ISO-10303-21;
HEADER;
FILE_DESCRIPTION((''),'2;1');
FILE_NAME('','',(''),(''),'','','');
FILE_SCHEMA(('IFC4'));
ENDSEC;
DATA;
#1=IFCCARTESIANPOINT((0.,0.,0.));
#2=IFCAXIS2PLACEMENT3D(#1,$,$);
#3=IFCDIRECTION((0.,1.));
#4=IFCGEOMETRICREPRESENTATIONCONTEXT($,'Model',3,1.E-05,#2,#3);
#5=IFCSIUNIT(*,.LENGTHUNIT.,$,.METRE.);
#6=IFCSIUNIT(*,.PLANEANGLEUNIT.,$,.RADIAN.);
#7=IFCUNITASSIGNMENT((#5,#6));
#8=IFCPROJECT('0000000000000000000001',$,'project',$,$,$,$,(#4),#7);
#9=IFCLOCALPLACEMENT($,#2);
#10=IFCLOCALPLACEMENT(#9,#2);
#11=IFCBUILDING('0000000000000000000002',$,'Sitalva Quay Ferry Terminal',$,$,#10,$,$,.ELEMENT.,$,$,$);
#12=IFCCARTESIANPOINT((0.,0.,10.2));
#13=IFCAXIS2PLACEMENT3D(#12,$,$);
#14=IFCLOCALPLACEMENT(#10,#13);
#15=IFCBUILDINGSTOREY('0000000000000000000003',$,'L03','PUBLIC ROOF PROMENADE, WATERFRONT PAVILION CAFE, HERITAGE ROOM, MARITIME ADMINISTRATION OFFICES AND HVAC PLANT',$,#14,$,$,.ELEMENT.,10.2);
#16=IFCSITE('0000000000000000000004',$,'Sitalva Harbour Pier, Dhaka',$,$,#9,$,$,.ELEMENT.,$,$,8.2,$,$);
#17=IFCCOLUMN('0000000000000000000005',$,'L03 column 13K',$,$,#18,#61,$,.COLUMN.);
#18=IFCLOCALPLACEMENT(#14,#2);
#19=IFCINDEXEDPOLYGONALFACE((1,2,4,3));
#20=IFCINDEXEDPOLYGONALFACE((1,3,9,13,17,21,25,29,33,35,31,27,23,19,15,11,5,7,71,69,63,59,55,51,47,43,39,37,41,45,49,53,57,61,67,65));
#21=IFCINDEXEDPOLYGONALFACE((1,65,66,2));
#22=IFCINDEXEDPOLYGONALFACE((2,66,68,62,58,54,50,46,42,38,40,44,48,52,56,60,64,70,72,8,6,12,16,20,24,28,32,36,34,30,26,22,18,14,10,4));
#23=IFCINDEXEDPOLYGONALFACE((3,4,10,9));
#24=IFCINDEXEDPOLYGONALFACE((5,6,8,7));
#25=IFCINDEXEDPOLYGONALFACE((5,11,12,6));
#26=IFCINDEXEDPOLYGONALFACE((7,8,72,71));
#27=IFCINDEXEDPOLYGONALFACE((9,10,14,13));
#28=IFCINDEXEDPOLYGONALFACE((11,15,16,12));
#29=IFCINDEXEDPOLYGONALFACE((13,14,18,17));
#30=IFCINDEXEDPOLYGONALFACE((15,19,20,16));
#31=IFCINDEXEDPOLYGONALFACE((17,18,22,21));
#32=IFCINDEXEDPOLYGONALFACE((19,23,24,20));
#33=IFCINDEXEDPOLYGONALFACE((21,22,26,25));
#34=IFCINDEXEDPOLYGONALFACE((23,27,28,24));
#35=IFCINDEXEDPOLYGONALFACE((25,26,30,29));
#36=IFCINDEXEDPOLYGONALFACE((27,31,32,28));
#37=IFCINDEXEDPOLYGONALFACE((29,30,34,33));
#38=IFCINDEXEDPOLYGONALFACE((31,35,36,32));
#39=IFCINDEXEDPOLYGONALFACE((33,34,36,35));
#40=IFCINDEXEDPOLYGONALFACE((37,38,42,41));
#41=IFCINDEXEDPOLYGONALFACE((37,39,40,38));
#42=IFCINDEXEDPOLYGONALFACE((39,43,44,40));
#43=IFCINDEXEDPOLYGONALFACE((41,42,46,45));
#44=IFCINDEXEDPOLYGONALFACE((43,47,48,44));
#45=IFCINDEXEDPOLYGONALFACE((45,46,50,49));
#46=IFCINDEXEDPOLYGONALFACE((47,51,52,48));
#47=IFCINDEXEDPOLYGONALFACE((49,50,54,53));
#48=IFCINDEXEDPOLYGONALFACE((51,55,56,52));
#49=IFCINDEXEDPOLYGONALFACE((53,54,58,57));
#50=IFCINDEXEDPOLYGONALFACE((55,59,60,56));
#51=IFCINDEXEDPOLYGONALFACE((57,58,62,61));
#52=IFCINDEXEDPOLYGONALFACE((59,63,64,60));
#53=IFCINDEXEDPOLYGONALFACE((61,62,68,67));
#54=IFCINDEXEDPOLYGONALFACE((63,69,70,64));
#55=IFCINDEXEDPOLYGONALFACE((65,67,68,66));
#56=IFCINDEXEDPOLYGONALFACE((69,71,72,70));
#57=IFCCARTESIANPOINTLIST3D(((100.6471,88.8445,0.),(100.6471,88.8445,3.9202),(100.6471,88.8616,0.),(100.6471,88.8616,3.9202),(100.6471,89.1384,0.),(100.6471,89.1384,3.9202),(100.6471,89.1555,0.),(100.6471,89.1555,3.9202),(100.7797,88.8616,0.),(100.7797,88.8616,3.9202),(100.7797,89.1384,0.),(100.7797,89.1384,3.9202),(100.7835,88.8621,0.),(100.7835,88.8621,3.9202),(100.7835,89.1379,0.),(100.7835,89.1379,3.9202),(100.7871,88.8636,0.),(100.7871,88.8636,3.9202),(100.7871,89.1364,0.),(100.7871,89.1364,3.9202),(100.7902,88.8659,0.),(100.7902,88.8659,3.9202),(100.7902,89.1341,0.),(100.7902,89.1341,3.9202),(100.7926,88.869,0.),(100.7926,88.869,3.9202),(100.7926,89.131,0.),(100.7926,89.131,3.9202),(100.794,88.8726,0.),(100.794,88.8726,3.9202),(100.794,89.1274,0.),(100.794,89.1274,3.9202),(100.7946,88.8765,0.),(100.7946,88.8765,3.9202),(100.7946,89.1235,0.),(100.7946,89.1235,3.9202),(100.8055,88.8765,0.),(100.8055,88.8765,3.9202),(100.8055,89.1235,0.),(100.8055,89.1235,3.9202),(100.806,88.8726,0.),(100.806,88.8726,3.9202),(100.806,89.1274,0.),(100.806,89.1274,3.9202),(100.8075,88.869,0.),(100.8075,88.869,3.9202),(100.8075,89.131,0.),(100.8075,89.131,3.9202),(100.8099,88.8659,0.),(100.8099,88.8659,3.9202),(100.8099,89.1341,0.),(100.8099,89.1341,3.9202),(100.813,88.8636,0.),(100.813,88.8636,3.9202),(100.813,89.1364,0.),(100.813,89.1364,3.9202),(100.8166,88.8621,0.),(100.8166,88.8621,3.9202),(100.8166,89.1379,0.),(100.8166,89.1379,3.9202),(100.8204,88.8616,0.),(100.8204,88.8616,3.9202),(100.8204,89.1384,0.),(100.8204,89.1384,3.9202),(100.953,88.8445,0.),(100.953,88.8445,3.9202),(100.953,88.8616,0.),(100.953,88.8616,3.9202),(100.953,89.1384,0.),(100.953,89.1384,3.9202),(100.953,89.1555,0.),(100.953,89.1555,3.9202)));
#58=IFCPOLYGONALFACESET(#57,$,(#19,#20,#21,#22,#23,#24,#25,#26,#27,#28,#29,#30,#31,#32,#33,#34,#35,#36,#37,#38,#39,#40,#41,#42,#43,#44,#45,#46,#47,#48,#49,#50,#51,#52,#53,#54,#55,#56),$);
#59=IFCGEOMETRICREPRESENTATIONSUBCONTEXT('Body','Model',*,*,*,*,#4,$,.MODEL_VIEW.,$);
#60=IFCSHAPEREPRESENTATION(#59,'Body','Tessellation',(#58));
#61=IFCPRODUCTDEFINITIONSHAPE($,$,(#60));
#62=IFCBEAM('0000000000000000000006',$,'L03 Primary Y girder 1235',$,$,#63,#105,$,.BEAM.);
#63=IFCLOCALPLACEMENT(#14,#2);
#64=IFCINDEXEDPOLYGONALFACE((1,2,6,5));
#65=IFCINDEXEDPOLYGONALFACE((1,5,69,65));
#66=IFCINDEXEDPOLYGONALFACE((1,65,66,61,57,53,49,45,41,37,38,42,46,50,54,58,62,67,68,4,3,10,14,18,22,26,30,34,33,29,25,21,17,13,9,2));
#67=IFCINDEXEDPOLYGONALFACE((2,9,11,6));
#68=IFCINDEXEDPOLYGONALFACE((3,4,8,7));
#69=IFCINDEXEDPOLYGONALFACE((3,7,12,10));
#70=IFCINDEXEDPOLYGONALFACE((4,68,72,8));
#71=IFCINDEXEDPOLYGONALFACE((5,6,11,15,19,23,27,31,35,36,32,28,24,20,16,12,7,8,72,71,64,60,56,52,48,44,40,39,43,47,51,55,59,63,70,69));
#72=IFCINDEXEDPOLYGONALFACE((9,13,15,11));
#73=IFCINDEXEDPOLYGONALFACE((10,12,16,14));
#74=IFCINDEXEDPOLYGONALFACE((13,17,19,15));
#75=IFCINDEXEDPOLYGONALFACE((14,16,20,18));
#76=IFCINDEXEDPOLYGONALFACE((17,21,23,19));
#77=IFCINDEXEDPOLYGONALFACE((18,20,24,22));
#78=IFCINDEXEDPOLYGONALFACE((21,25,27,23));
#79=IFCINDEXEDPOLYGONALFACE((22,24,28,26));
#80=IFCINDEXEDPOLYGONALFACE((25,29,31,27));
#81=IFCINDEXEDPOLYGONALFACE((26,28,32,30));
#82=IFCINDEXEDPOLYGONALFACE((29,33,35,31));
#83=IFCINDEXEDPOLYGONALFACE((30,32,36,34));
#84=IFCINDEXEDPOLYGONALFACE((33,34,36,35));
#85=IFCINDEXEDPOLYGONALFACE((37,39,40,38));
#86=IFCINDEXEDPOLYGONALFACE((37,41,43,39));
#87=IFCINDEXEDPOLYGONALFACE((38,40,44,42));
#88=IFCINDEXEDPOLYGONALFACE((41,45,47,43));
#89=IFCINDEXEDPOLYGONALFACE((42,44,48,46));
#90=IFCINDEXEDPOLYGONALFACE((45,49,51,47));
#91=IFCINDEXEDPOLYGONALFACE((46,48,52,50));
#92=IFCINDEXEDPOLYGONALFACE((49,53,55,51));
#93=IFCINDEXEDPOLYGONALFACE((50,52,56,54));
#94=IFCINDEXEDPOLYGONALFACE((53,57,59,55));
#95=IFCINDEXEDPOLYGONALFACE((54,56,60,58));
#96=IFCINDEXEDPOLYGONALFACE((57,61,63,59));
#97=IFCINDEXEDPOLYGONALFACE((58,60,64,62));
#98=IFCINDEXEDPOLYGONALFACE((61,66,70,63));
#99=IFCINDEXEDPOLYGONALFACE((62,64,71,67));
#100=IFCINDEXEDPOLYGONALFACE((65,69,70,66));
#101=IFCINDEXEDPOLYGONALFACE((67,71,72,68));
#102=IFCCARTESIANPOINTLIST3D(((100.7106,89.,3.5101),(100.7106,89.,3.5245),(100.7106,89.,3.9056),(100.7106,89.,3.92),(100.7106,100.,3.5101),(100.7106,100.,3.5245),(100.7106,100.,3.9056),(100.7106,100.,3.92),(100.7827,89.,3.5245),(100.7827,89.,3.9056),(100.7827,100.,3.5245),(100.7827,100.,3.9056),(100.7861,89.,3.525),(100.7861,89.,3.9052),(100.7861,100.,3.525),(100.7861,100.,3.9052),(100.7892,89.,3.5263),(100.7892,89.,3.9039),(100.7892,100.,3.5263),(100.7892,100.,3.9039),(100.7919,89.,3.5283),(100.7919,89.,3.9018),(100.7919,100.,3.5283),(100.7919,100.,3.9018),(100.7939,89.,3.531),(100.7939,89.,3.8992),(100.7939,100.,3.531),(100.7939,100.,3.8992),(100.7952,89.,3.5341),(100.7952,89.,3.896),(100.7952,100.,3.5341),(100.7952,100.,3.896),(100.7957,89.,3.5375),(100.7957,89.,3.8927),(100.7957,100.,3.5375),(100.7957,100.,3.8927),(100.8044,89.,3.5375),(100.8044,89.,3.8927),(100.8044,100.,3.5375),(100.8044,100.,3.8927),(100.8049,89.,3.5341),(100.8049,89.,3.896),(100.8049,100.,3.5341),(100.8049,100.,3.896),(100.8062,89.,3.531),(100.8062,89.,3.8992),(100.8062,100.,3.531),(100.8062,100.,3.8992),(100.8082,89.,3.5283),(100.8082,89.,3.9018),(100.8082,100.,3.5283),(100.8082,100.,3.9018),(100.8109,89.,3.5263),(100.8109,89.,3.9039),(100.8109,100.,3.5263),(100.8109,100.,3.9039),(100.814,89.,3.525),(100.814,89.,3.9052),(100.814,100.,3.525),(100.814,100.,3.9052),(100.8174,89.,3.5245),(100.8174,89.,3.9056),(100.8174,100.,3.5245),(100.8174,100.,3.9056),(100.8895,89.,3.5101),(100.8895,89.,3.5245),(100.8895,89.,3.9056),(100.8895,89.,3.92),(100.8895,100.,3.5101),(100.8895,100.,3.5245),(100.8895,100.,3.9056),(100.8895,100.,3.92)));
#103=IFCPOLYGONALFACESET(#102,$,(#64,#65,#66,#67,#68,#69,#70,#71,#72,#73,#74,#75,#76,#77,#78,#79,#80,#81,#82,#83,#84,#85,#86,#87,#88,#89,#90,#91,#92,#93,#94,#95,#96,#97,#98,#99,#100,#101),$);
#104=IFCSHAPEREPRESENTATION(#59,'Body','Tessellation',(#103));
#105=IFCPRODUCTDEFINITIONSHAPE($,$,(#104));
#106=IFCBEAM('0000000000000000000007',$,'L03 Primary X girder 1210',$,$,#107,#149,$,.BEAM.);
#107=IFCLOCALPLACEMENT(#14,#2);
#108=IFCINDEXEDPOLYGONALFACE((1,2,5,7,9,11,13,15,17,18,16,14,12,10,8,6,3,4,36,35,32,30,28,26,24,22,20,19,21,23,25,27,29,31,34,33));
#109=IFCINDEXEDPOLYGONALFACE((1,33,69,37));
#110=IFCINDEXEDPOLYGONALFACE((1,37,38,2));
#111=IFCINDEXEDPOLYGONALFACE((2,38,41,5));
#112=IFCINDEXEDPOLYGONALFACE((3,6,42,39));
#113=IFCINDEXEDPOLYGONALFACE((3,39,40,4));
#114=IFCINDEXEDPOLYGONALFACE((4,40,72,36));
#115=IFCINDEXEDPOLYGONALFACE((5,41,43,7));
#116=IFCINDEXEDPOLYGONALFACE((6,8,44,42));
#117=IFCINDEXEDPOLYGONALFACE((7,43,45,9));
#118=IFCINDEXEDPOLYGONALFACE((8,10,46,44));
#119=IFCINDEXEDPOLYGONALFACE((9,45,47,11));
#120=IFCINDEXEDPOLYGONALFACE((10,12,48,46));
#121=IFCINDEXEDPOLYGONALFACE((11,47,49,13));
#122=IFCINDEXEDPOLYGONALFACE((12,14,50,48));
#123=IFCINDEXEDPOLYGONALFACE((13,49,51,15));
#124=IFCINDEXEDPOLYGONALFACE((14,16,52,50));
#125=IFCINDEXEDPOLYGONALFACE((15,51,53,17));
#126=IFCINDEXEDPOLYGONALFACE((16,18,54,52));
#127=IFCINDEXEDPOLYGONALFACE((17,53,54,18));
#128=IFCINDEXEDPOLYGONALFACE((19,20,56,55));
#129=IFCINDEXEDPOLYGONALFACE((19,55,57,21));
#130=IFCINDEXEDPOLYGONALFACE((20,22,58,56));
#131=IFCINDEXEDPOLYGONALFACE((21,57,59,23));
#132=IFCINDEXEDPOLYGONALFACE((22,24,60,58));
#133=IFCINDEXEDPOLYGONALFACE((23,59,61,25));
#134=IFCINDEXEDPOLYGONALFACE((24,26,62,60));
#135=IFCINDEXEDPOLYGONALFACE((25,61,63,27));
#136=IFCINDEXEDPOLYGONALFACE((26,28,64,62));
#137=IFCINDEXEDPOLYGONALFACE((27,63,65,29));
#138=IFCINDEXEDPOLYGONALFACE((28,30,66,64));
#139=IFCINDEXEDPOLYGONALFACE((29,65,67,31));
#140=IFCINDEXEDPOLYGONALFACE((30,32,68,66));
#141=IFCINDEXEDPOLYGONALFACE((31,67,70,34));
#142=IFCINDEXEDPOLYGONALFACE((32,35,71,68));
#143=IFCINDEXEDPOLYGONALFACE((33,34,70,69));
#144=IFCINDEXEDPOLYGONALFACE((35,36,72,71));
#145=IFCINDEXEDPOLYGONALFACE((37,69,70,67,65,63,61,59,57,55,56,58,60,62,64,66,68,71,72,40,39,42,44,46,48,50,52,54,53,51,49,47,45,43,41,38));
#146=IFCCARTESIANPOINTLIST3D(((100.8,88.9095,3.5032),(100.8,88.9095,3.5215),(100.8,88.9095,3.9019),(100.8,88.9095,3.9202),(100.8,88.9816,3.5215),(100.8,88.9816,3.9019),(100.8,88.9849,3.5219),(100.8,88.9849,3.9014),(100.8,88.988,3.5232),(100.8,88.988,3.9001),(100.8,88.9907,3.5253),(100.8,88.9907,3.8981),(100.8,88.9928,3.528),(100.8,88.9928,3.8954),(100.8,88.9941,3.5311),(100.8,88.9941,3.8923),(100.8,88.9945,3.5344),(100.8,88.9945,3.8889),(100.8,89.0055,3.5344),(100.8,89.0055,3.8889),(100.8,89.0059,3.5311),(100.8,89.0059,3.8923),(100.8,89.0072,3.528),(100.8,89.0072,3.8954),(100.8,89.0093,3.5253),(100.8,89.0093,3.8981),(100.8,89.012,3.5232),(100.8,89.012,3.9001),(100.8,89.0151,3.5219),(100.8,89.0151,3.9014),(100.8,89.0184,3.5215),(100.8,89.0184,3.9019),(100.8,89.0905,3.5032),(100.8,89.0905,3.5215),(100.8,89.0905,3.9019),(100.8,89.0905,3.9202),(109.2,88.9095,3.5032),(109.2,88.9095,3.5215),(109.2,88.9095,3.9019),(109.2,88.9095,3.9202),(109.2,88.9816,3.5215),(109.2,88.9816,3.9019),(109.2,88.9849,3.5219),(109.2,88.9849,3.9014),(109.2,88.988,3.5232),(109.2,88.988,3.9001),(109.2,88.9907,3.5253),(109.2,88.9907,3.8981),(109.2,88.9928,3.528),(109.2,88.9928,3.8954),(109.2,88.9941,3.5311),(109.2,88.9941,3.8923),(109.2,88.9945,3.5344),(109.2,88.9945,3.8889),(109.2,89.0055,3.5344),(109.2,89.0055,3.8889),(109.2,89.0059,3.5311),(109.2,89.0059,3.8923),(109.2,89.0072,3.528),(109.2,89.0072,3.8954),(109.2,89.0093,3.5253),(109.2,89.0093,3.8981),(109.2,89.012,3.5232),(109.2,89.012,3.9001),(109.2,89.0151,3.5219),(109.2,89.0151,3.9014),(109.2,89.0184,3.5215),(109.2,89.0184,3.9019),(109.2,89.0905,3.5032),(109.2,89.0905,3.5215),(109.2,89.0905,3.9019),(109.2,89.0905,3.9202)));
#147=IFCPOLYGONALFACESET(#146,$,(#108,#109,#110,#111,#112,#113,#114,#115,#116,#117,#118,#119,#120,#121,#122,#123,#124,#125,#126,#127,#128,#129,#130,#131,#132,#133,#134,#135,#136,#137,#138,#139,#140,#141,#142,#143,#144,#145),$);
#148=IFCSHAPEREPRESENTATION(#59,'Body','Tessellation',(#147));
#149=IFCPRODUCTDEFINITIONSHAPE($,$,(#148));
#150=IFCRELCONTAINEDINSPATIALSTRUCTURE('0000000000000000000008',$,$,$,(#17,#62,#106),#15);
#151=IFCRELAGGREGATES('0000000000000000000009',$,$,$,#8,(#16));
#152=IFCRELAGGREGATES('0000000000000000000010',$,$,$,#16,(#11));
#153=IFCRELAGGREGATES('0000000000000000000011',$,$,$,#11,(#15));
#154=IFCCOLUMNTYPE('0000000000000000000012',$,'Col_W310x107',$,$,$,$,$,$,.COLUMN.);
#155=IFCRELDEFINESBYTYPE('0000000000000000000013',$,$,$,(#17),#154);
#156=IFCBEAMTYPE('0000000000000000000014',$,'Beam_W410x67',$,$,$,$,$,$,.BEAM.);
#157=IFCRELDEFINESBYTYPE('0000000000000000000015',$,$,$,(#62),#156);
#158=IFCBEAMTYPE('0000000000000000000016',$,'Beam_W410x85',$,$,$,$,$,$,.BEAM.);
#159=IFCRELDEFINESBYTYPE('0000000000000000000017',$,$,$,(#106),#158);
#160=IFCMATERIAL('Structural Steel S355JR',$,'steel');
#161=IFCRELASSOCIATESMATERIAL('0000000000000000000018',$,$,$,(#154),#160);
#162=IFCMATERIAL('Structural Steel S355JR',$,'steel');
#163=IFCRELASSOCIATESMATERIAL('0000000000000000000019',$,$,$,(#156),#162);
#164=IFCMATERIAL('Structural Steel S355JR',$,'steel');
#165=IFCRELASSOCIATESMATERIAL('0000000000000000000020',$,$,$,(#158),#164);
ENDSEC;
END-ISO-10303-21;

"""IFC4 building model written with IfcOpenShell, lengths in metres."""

from ifc_helpers import new_model, si_unit, direction, frame, origin, origin_2d, place, context, subcontext, project, spatial, i_section, extrude, material, material_profile, profile_set, type_object, element, save


model = new_model("IFC4")

# Units and contexts
model_context = context("Model", 3, precision=1e-05, world=origin(), true_north=direction((0.0, 1.0)))
body_context = subcontext(model_context, "Body", "Model", "MODEL_VIEW")
ifc_project = project(units=[si_unit("LENGTHUNIT", "METRE"), si_unit("PLANEANGLEUNIT", "RADIAN")], contexts=[model_context])

# Site, building, storey
site_placement = place(None, origin())
site = spatial("IfcSite", under=ifc_project, at=site_placement, Name="Sitalva Harbour Pier, Dhaka", CompositionType="ELEMENT", RefElevation=8.2)
building_placement = place(site_placement, origin())
building = spatial("IfcBuilding", under=site, at=building_placement, Name="Sitalva Quay Ferry Terminal", CompositionType="ELEMENT")
storey_placement = place(building_placement, frame((0.0, 0.0, 10.2)))
storey = spatial("IfcBuildingStorey", under=building, at=storey_placement, Name="L03", Description="PUBLIC ROOF PROMENADE, WATERFRONT PAVILION CAFE, HERITAGE ROOM, MARITIME ADMINISTRATION OFFICES AND HVAC PLANT", CompositionType="ELEMENT", Elevation=10.2)

# Column
ifc_material_1 = material(Name="Structural Steel S355JR", Category="steel")
ifc_material_profile_1 = material_profile(ifc_material_1, i_section(OverallWidth=0.3059, OverallDepth=0.311, WebThickness=0.011, FlangeThickness=0.0171, FilletRadius=0.0149, at=origin_2d()), Name="W310x107")
ifc_profile_set_1 = profile_set([ifc_material_profile_1], Name="Structural Steel S355JR")
column_type = type_object("IfcColumnType", Name="Col_W310x107", PredefinedType="COLUMN", material=ifc_profile_set_1)
column_placement = place(storey_placement, frame((100.8, 89.0, 0.0), z_axis=(0.0, 0.0, 1.0), x_axis=(1.0, 0.0, 0.0)))
element("IfcColumn", 1, at=column_placement, inside=storey, type_object=column_type, Name="L03 column 13K", PredefinedType="COLUMN", context=body_context, shape_type="SweptSolid", body=[
    extrude(i_section(OverallWidth=0.3059, OverallDepth=0.311, WebThickness=0.011, FlangeThickness=0.0171, FilletRadius=0.0149, at=origin_2d()), origin(), (0.0, 0.0, 1.0), 3.9202),
])

# Beams
ifc_material_2 = material(Name="Structural Steel S355JR", Category="steel")
ifc_material_profile_2 = material_profile(ifc_material_2, i_section(OverallWidth=0.179, OverallDepth=0.4099, WebThickness=0.0088, FlangeThickness=0.0144, FilletRadius=0.0129, at=origin_2d()), Name="W410x67")
ifc_profile_set_2 = profile_set([ifc_material_profile_2], Name="Structural Steel S355JR")
beam_type_1 = type_object("IfcBeamType", Name="Beam_W410x67", PredefinedType="BEAM", material=ifc_profile_set_2)
beam_1_placement = place(storey_placement, frame((100.8, 89.0, 3.7151), z_axis=(0.0, 1.0, 0.0), x_axis=(-1.0, 0.0, 0.0)))
element("IfcBeam", 2, at=beam_1_placement, inside=storey, type_object=beam_type_1, Name="L03 Primary Y girder 1235", PredefinedType="BEAM", context=body_context, shape_type="SweptSolid", body=[
    extrude(i_section(OverallWidth=0.179, OverallDepth=0.4099, WebThickness=0.0088, FlangeThickness=0.0144, FilletRadius=0.0129, at=origin_2d()), origin(), (0.0, 0.0, 1.0), 11.0),
])
ifc_material_3 = material(Name="Structural Steel S355JR", Category="steel")
ifc_material_profile_3 = material_profile(ifc_material_3, i_section(OverallWidth=0.1809, OverallDepth=0.417, WebThickness=0.011, FlangeThickness=0.0183, FilletRadius=0.0129, at=origin_2d()), Name="W410x85")
ifc_profile_set_3 = profile_set([ifc_material_profile_3], Name="Structural Steel S355JR")
beam_type_2 = type_object("IfcBeamType", Name="Beam_W410x85", PredefinedType="BEAM", material=ifc_profile_set_3)
beam_2_placement = place(storey_placement, frame((100.8, 89.0, 3.7117), z_axis=(1.0, 0.0, 0.0), x_axis=(0.0, 1.0, 0.0)))
element("IfcBeam", 3, at=beam_2_placement, inside=storey, type_object=beam_type_2, Name="L03 Primary X girder 1210", PredefinedType="BEAM", context=body_context, shape_type="SweptSolid", body=[
    extrude(i_section(OverallWidth=0.1809, OverallDepth=0.417, WebThickness=0.011, FlangeThickness=0.0183, FilletRadius=0.0129, at=origin_2d()), origin(), (0.0, 0.0, 1.0), 8.3999),
])

save(model, "model.ifc")
